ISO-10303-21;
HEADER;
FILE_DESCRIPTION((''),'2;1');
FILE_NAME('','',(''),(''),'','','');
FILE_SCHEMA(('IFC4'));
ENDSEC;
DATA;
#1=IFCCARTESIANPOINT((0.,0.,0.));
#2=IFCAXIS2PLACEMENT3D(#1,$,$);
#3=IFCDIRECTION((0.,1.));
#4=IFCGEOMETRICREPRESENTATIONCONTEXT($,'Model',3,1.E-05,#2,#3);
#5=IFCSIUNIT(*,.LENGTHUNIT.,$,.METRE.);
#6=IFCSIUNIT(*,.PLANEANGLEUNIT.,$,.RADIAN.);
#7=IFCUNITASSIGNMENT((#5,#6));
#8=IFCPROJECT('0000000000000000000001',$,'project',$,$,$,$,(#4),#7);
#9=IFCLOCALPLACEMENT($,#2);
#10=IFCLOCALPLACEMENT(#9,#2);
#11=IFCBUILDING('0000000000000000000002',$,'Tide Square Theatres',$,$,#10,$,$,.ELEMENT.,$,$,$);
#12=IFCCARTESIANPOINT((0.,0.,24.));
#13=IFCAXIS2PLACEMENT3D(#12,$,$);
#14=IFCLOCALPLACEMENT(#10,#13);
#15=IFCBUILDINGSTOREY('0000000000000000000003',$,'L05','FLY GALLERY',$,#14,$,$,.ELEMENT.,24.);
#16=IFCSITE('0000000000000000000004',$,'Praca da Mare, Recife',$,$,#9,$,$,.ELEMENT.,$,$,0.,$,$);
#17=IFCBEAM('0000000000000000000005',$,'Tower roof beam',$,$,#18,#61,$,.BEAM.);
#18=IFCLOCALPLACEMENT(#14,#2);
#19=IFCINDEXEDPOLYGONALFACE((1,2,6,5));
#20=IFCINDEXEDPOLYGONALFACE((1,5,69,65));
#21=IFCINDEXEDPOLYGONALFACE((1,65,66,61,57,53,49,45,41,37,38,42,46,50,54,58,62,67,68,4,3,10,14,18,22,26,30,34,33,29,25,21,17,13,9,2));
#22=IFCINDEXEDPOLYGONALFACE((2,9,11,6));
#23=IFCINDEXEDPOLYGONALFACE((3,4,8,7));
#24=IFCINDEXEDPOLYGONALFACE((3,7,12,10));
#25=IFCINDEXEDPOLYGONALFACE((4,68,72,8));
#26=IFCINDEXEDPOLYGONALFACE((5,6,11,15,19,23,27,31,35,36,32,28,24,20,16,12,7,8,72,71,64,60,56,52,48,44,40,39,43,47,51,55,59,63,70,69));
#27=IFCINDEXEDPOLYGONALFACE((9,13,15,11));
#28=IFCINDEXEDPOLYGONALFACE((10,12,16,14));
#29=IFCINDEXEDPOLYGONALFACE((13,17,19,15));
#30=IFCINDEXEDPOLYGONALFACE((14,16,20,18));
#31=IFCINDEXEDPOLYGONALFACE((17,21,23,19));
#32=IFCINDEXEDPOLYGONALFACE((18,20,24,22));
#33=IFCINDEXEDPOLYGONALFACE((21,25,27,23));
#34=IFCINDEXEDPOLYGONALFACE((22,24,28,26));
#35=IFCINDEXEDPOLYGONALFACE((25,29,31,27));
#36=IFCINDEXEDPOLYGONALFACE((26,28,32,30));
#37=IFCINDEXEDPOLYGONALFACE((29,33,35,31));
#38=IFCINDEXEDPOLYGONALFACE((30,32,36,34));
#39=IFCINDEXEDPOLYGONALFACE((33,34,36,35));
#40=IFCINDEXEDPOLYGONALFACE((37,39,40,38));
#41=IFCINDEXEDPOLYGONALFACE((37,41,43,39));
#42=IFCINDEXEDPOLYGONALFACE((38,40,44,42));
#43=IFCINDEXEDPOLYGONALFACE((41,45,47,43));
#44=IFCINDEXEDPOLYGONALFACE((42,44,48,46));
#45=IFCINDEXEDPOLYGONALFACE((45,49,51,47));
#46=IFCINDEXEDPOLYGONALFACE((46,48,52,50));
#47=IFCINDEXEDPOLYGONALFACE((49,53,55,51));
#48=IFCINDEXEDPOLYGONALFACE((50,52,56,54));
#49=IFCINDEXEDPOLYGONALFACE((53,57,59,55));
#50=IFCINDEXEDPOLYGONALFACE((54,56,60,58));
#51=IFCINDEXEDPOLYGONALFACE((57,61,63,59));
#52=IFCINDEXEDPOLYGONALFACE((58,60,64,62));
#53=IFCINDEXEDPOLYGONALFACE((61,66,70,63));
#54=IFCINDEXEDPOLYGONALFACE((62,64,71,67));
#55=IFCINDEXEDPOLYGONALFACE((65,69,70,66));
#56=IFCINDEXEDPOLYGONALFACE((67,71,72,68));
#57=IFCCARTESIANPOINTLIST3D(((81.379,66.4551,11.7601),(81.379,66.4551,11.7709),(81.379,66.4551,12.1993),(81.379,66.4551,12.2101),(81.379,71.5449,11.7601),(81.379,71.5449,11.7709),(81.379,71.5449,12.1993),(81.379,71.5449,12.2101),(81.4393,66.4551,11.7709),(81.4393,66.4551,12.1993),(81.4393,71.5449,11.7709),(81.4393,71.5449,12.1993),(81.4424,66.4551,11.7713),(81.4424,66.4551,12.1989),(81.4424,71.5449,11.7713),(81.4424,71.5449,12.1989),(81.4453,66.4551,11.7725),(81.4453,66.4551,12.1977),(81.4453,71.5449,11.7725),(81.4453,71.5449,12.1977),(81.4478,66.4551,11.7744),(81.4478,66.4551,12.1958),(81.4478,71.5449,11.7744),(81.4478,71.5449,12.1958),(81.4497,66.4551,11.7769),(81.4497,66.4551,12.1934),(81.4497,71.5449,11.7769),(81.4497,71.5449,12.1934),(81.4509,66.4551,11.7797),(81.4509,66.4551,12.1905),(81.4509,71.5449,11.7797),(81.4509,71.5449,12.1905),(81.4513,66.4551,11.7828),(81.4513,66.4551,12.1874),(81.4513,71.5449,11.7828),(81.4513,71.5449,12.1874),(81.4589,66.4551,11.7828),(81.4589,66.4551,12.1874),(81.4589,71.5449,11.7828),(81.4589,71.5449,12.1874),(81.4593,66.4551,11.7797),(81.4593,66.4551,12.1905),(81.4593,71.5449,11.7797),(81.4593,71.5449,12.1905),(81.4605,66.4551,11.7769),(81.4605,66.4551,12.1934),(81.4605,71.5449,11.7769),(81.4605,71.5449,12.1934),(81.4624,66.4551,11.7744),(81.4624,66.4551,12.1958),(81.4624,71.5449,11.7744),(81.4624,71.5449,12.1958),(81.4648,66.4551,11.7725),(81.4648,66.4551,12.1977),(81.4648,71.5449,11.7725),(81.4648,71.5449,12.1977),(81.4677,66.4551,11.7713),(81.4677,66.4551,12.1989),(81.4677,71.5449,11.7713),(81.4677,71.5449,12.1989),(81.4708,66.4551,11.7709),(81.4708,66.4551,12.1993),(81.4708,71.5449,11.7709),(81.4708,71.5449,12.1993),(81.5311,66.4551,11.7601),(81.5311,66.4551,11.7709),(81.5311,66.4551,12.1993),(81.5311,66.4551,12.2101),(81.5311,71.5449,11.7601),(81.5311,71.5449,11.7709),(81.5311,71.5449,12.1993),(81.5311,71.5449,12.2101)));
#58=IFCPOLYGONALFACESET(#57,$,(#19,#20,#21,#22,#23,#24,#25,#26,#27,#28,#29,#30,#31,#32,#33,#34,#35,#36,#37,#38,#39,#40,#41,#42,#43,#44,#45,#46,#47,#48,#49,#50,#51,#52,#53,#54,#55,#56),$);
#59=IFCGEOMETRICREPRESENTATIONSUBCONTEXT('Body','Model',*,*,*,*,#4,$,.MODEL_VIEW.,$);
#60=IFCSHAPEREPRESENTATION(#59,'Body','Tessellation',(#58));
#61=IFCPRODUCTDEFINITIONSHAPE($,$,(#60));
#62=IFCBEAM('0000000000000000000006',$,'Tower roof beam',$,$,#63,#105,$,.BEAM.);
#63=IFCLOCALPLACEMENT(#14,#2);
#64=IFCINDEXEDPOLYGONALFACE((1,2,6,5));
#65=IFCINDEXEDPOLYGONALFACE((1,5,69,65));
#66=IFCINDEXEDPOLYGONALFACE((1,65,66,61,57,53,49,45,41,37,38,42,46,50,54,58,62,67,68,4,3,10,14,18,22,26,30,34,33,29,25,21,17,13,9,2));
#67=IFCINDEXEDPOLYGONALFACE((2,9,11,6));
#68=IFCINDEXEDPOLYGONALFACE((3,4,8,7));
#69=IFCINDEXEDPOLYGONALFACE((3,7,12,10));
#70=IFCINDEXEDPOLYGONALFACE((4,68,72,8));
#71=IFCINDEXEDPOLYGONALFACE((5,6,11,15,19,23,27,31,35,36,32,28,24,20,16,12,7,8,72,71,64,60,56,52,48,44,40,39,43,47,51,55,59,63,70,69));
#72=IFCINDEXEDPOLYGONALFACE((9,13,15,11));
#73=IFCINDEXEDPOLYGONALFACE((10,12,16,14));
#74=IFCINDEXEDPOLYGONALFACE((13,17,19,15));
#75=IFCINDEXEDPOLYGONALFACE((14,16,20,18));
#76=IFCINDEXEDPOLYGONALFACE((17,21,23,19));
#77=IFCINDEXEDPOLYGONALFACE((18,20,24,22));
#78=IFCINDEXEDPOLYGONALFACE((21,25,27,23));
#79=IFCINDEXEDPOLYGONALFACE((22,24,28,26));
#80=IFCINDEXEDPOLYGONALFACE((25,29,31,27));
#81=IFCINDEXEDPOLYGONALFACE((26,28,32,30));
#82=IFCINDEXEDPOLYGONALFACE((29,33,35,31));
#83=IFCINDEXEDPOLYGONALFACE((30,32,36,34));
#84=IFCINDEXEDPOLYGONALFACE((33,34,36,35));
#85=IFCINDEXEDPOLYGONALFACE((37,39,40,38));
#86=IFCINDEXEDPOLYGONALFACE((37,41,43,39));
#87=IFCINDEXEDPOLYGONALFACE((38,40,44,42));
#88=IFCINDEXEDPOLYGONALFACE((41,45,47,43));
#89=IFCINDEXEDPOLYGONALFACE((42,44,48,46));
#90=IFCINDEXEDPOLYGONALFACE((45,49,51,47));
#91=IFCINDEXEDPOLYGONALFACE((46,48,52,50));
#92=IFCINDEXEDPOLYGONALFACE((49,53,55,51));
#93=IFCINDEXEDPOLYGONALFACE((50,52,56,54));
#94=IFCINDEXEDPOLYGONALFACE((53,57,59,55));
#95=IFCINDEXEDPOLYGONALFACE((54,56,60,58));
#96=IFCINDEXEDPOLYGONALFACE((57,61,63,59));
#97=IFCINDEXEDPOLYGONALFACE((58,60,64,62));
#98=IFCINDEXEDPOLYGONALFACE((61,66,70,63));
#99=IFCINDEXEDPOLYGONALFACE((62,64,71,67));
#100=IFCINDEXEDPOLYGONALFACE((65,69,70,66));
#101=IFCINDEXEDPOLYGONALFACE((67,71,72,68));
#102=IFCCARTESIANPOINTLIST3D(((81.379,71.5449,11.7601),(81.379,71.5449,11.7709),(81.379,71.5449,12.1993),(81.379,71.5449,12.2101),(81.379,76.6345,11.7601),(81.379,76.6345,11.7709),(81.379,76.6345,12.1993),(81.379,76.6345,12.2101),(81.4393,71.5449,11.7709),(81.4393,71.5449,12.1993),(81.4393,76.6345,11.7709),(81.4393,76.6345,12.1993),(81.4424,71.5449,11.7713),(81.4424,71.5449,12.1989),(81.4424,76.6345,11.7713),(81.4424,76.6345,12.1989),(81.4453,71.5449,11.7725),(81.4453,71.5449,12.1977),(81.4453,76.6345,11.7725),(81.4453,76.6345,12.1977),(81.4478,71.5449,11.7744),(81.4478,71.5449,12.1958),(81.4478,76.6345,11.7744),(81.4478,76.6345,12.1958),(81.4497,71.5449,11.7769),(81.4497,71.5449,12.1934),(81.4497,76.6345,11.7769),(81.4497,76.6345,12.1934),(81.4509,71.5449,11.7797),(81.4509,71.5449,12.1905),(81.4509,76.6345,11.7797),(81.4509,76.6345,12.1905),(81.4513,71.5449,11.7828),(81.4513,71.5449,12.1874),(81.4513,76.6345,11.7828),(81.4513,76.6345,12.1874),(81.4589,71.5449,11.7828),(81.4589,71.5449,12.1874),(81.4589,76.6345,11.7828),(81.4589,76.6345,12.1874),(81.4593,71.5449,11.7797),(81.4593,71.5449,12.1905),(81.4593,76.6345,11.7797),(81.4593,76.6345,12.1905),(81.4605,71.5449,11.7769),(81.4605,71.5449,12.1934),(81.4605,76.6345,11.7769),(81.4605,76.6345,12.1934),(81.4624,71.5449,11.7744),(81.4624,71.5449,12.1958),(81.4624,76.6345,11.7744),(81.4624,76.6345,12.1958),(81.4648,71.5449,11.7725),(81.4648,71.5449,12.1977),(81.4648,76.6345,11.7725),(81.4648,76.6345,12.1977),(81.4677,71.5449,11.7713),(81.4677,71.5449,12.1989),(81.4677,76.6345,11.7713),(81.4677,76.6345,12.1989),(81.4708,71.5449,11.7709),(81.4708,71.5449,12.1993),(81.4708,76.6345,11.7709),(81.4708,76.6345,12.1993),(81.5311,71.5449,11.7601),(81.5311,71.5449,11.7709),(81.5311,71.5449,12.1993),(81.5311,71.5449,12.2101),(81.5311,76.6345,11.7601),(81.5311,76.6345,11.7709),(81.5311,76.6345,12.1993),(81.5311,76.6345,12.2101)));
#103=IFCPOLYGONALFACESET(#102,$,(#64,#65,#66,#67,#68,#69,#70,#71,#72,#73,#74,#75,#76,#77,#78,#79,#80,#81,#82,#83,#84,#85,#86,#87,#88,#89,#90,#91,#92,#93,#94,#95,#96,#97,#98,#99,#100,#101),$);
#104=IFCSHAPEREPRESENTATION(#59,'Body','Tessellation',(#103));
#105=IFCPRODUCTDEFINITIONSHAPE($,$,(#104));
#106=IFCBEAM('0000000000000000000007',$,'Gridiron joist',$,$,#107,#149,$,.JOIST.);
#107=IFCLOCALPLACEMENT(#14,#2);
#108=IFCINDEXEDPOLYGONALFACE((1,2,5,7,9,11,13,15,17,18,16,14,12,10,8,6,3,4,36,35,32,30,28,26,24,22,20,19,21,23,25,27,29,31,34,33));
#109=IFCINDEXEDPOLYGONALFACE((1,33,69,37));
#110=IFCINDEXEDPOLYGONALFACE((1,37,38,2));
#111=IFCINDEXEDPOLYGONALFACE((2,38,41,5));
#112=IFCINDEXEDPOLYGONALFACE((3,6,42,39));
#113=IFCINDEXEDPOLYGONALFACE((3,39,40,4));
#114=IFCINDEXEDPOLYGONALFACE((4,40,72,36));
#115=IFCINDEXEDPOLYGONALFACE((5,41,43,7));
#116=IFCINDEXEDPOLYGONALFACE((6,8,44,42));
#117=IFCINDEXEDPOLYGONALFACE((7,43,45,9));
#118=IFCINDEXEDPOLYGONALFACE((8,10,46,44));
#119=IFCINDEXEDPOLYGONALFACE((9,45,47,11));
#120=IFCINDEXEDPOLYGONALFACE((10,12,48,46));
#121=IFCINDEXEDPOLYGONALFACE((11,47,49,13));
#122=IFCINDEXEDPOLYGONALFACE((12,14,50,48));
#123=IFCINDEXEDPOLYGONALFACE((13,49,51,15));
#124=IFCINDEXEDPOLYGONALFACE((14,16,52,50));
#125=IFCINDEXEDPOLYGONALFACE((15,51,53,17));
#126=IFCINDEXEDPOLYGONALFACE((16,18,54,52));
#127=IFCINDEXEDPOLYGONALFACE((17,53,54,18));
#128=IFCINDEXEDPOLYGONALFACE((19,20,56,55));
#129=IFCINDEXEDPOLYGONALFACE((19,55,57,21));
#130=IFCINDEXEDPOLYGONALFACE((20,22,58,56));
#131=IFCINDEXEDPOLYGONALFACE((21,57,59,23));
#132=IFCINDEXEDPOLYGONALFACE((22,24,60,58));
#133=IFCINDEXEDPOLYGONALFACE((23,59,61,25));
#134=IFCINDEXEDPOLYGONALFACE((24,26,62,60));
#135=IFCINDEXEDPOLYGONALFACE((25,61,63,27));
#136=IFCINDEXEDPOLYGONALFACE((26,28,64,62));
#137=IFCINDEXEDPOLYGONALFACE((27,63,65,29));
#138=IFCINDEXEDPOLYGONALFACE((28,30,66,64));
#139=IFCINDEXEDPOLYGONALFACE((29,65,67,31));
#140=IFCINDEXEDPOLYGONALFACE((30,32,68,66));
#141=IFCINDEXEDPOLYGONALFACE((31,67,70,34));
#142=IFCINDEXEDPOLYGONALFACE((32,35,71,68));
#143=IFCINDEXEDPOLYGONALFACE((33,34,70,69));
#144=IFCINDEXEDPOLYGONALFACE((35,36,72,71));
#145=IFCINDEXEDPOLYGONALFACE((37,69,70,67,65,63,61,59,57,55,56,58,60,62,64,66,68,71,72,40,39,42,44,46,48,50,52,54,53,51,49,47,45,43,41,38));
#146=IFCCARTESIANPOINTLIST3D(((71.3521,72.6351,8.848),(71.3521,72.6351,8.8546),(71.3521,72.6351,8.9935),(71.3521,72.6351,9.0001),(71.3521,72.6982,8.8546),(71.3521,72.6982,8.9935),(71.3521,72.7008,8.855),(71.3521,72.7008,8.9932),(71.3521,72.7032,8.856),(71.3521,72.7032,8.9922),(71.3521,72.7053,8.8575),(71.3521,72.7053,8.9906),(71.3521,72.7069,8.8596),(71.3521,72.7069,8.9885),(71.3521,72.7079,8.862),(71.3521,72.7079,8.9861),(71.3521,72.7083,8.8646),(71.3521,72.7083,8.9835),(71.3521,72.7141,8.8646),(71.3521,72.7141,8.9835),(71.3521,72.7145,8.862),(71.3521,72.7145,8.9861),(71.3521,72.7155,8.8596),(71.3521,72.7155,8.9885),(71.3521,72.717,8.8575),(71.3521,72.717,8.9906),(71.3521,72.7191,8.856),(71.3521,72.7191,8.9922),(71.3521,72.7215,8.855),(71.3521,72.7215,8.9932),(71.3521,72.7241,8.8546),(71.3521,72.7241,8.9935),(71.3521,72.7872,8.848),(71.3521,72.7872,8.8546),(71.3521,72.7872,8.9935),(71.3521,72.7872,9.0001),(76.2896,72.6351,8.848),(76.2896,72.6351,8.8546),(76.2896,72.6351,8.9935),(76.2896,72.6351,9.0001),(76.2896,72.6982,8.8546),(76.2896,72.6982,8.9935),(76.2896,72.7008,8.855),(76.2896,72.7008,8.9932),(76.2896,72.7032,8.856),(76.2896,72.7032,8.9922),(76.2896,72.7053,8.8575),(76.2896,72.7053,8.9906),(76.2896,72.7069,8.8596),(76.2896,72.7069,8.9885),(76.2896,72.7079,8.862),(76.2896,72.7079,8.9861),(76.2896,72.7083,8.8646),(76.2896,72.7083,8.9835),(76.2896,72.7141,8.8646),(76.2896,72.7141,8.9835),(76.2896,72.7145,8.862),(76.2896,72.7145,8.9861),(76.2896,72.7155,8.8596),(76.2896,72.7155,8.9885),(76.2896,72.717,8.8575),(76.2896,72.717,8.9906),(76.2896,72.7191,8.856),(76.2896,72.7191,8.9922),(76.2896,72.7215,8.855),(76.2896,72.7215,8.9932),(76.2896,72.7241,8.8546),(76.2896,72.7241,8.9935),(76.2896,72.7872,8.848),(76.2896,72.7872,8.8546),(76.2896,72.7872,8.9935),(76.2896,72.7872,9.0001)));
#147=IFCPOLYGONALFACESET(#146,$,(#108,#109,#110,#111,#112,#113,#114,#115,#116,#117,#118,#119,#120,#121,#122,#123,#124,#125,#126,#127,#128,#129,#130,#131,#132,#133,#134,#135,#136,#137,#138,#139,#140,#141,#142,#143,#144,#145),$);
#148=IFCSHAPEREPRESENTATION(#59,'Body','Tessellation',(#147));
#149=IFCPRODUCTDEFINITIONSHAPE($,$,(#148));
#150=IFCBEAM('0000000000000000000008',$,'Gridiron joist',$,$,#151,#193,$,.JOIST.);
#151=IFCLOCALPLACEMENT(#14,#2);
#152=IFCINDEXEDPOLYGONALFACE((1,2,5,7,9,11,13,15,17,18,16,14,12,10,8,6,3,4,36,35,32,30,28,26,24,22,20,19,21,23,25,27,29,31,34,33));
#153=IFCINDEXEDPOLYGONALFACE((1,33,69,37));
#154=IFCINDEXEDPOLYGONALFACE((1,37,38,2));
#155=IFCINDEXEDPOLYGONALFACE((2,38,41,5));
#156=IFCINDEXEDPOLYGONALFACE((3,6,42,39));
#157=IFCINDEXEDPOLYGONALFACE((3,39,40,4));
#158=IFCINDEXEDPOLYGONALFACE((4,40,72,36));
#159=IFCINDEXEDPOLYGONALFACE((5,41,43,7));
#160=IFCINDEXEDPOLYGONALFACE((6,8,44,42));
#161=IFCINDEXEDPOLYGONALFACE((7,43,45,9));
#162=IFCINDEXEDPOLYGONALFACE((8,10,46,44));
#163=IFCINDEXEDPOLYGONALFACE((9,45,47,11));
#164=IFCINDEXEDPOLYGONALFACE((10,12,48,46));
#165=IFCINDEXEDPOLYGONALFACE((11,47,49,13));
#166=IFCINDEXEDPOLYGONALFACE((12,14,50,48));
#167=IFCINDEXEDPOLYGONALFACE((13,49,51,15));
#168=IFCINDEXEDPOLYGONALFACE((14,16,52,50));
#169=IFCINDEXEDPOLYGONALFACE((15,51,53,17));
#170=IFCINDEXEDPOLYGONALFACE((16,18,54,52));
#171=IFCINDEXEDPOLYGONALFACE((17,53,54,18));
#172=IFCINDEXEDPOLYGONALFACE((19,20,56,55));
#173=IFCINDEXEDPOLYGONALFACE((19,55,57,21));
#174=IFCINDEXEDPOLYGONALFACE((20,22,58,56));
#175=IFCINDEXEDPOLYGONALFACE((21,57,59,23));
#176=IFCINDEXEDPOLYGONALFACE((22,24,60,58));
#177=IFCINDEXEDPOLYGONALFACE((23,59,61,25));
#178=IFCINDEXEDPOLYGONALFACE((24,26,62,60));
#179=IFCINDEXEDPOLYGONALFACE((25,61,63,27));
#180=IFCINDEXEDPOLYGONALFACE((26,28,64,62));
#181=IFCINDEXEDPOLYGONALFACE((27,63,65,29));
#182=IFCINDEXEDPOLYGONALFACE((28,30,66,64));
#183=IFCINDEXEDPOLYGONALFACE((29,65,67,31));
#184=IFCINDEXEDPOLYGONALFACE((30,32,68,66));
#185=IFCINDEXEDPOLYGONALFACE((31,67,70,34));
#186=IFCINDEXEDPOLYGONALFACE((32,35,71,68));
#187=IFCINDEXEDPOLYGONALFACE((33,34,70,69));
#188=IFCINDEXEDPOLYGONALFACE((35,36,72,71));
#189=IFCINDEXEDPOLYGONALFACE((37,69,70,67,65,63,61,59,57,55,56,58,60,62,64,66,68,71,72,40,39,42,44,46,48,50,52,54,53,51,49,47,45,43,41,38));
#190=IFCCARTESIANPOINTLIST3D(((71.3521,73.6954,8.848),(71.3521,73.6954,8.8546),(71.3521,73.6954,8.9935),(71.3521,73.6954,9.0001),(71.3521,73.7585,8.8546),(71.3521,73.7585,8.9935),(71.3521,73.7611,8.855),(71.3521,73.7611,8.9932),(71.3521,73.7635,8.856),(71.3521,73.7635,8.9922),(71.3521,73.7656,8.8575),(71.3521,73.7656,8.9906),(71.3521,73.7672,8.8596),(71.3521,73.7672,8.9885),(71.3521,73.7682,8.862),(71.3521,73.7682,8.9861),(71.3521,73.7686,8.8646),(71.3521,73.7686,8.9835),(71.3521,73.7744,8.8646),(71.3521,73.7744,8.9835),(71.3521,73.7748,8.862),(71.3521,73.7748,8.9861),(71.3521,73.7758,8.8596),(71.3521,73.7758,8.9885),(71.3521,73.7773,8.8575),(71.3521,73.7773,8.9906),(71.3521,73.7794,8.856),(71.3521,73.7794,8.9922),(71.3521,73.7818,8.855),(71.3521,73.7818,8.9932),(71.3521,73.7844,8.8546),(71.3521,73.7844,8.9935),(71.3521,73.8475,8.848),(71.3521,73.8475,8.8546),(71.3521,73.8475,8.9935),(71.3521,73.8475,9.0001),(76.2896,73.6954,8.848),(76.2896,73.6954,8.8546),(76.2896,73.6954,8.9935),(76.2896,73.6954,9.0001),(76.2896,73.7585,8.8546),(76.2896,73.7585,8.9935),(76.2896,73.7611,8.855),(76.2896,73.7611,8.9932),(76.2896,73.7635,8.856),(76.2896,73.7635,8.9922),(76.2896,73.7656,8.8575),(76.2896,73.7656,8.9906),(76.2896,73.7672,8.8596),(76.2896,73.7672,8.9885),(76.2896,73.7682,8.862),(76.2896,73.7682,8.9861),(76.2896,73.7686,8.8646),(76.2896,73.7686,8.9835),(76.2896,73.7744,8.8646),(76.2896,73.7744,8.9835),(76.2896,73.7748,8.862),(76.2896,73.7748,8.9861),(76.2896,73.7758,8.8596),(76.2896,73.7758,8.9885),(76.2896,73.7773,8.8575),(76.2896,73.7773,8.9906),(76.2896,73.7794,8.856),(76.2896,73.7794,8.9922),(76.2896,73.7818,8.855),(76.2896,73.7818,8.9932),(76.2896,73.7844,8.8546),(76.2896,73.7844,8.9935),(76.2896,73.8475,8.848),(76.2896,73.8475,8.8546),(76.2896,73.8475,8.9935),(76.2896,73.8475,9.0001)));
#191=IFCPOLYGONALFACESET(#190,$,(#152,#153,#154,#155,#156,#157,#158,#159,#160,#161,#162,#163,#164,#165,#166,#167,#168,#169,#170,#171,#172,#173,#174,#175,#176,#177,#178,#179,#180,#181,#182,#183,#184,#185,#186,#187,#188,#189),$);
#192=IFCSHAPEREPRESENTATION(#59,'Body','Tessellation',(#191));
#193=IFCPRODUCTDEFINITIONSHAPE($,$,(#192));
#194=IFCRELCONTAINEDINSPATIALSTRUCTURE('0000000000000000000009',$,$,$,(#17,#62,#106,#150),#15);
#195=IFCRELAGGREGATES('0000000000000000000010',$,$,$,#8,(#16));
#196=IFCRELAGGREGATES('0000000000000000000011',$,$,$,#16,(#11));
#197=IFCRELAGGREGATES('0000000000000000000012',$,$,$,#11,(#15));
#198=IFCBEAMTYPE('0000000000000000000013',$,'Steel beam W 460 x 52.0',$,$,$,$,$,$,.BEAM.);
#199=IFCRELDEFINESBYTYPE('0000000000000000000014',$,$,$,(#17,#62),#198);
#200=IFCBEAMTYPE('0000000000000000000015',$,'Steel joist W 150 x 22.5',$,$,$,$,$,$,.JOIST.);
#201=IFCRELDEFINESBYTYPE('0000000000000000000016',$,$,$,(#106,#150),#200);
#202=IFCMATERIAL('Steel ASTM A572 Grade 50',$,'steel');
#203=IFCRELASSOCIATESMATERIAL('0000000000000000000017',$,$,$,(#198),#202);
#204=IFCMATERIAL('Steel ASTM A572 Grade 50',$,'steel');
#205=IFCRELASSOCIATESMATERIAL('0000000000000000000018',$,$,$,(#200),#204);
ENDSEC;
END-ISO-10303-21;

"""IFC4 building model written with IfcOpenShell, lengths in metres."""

from ifc_helpers import new_model, si_unit, direction, frame, origin, origin_2d, place, context, subcontext, project, spatial, i_section, extrude, material, material_profile, profile_set, type_object, element, save


model = new_model("IFC4")

# Units and contexts
model_context = context("Model", 3, precision=1e-05, world=origin(), true_north=direction((0.0, 1.0)))
body_context = subcontext(model_context, "Body", "Model", "MODEL_VIEW")
ifc_project = project(units=[si_unit("LENGTHUNIT", "METRE"), si_unit("PLANEANGLEUNIT", "RADIAN")], contexts=[model_context])

# Site, building, storey
site_placement = place(None, origin())
site = spatial("IfcSite", under=ifc_project, at=site_placement, Name="Praca da Mare, Recife", CompositionType="ELEMENT", RefElevation=0.0)
building_placement = place(site_placement, origin())
building = spatial("IfcBuilding", under=site, at=building_placement, Name="Tide Square Theatres", CompositionType="ELEMENT")
storey_placement = place(building_placement, frame((0.0, 0.0, 24.0)))
storey = spatial("IfcBuildingStorey", under=building, at=storey_placement, Name="L05", Description="FLY GALLERY", CompositionType="ELEMENT", Elevation=24.0)

# Beams
ifc_material_1 = material(Name="Steel ASTM A572 Grade 50", Category="steel")
ifc_material_profile_1 = material_profile(ifc_material_1, i_section(OverallWidth=0.1521, OverallDepth=0.45, WebThickness=0.0076, FlangeThickness=0.0107, FilletRadius=0.012, at=origin_2d()))
ifc_profile_set_1 = profile_set([ifc_material_profile_1], Name="Steel ASTM A572 Grade 50")
beam_type_1 = type_object("IfcBeamType", Name="Steel beam W 460 x 52.0", PredefinedType="BEAM", material=ifc_profile_set_1)
beam_1_placement = place(storey_placement, frame((81.4551, 66.4551, 11.9851), z_axis=(0.0, 1.0, 0.0), x_axis=(-1.0, 0.0, 0.0)))
element("IfcBeam", 1, at=beam_1_placement, inside=storey, type_object=beam_type_1, Name="Tower roof beam", PredefinedType="BEAM", context=body_context, shape_type="SweptSolid", body=[
    extrude(i_section(OverallWidth=0.1521, OverallDepth=0.45, WebThickness=0.0076, FlangeThickness=0.0107, FilletRadius=0.012, at=origin_2d()), origin(), (0.0, 0.0, 1.0), 5.0898),
])
beam_2_placement = place(storey_placement, frame((81.4551, 71.5449, 11.9851), z_axis=(0.0, 1.0, 0.0), x_axis=(-1.0, 0.0, 0.0)))
element("IfcBeam", 2, at=beam_2_placement, inside=storey, type_object=beam_type_1, Name="Tower roof beam", PredefinedType="BEAM", context=body_context, shape_type="SweptSolid", body=[
    extrude(i_section(OverallWidth=0.1521, OverallDepth=0.45, WebThickness=0.0076, FlangeThickness=0.0107, FilletRadius=0.012, at=origin_2d()), origin(), (0.0, 0.0, 1.0), 5.0896),
])
ifc_material_2 = material(Name="Steel ASTM A572 Grade 50", Category="steel")
ifc_material_profile_2 = material_profile(ifc_material_2, i_section(OverallWidth=0.1521, OverallDepth=0.1521, WebThickness=0.0059, FlangeThickness=0.0066, FilletRadius=0.01, at=origin_2d()))
ifc_profile_set_2 = profile_set([ifc_material_profile_2], Name="Steel ASTM A572 Grade 50")
beam_type_2 = type_object("IfcBeamType", Name="Steel joist W 150 x 22.5", PredefinedType="JOIST", material=ifc_profile_set_2)
for number, where, z_axis, x_axis, name in (
    (3, (71.3521, 72.7112, 8.9241), (1.0, 0.0, 0.0), (0.0, 1.0, 0.0), "Gridiron joist"),
    (4, (71.3521, 73.7715, 8.9241), (1.0, 0.0, 0.0), (0.0, 1.0, 0.0), "Gridiron joist"),
):
    element("IfcBeam", number, at=place(storey_placement, frame(where, z_axis=z_axis, x_axis=x_axis)), inside=storey, type_object=beam_type_2, Name=name, PredefinedType="JOIST", context=body_context, shape_type="SweptSolid", body=[
        extrude(i_section(OverallWidth=0.1521, OverallDepth=0.1521, WebThickness=0.0059, FlangeThickness=0.0066, FilletRadius=0.01, at=origin_2d()), origin(), (0.0, 0.0, 1.0), 4.9375),
    ])

save(model, "model.ifc")
